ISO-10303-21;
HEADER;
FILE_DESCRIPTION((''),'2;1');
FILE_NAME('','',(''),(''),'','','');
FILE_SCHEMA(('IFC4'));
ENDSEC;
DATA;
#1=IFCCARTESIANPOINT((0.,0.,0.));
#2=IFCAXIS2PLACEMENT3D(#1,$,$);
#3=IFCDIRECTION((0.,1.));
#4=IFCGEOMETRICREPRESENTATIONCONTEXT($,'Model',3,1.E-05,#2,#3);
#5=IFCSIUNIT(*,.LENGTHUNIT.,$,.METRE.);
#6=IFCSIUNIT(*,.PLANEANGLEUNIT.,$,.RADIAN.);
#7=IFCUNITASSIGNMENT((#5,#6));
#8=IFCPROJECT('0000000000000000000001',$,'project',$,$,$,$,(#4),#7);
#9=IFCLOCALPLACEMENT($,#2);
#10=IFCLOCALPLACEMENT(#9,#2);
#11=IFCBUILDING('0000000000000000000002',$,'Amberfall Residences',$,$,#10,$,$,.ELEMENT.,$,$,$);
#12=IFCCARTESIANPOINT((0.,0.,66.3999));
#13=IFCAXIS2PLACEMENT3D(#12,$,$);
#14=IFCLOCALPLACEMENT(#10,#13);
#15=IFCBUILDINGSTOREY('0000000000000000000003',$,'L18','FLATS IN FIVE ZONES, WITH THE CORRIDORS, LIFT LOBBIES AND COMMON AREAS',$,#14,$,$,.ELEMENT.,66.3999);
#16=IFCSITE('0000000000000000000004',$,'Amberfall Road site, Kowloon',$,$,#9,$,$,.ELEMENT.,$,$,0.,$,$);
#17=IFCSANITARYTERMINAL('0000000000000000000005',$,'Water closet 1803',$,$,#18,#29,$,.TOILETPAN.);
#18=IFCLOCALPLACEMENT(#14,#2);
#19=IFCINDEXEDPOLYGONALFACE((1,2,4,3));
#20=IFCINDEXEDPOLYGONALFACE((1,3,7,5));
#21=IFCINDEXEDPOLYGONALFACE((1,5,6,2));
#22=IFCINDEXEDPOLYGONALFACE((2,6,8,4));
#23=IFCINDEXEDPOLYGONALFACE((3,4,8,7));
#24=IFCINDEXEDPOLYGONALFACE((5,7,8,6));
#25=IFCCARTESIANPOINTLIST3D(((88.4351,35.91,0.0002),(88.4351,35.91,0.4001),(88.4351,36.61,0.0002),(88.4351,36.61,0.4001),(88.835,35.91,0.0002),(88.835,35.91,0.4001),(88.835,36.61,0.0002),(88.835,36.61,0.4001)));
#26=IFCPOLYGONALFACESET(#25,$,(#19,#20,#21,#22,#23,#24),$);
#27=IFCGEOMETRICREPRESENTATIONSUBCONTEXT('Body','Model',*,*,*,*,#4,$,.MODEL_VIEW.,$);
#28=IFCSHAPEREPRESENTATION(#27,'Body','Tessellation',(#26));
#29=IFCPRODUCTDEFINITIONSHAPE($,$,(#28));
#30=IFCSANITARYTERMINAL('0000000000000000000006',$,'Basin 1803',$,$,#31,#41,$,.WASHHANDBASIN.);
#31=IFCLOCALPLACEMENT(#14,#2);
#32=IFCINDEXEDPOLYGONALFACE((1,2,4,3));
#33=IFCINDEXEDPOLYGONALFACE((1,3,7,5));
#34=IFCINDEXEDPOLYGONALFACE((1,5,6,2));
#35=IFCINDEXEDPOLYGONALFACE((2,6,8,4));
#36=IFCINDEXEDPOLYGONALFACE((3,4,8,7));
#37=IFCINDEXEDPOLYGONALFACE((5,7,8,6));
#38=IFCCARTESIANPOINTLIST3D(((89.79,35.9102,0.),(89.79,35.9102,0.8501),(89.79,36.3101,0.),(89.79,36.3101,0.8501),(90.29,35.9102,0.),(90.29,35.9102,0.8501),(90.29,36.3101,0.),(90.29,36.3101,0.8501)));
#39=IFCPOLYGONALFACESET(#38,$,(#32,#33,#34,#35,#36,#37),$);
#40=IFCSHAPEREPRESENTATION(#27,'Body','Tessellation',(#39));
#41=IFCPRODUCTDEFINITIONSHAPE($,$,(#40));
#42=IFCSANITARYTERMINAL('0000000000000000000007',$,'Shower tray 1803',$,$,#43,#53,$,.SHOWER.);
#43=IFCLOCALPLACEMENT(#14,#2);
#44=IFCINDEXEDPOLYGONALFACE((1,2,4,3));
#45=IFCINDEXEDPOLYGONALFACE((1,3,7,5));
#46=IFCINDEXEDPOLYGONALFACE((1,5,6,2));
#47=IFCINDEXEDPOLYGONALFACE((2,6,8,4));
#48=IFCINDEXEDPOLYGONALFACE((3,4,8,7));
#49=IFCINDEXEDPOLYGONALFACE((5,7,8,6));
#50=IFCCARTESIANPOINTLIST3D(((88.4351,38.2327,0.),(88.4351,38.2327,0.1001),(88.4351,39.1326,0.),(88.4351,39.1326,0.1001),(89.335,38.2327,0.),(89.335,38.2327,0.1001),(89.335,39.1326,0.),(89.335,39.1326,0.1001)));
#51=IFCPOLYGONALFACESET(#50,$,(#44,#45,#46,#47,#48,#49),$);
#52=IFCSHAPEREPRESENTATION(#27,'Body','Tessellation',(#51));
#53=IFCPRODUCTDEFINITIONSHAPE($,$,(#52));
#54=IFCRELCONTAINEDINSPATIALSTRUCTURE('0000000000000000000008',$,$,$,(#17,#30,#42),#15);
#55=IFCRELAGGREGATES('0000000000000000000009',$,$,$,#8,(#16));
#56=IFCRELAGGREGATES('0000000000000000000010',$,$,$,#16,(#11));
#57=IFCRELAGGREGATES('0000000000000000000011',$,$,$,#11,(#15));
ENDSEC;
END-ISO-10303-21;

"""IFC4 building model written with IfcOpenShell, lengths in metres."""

from ifc_helpers import new_model, si_unit, direction, frame, origin, origin_2d, place, context, subcontext, project, spatial, rectangle, extrude, element, save


model = new_model("IFC4")

# Units and contexts
model_context = context("Model", 3, precision=1e-05, world=origin(), true_north=direction((0.0, 1.0)))
body_context = subcontext(model_context, "Body", "Model", "MODEL_VIEW")
ifc_project = project(units=[si_unit("LENGTHUNIT", "METRE"), si_unit("PLANEANGLEUNIT", "RADIAN")], contexts=[model_context])

# Site, building, storey
site_placement = place(None, origin())
site = spatial("IfcSite", under=ifc_project, at=site_placement, Name="Amberfall Road site, Kowloon", CompositionType="ELEMENT", RefElevation=0.0)
building_placement = place(site_placement, origin())
building = spatial("IfcBuilding", under=site, at=building_placement, Name="Amberfall Residences", CompositionType="ELEMENT")
storey_placement = place(building_placement, frame((0.0, 0.0, 66.3999)))
storey = spatial("IfcBuildingStorey", under=building, at=storey_placement, Name="L18", Description="FLATS IN FIVE ZONES, WITH THE CORRIDORS, LIFT LOBBIES AND COMMON AREAS", CompositionType="ELEMENT", Elevation=66.3999)

# Sanitary terminals
sanitary_terminal_1_placement = place(storey_placement, frame((88.635, 36.26, 0.0002), z_axis=(0.0, 0.0, 1.0), x_axis=(1.0, 0.0, 0.0)))
element("IfcSanitaryTerminal", 1, at=sanitary_terminal_1_placement, inside=storey, Name="Water closet 1803", PredefinedType="TOILETPAN", context=body_context, shape_type="SweptSolid", body=[
    extrude(rectangle(XDim=0.3999, YDim=0.7, at=origin_2d()), origin(), (0.0, 0.0, 1.0), 0.3999),
])
sanitary_terminal_2_placement = place(storey_placement, frame((90.04, 36.1101, 0.0), z_axis=(0.0, 0.0, 1.0), x_axis=(1.0, 0.0, 0.0)))
element("IfcSanitaryTerminal", 2, at=sanitary_terminal_2_placement, inside=storey, Name="Basin 1803", PredefinedType="WASHHANDBASIN", context=body_context, shape_type="SweptSolid", body=[
    extrude(rectangle(XDim=0.5, YDim=0.3999, at=origin_2d()), origin(), (0.0, 0.0, 1.0), 0.8501),
])
sanitary_terminal_3_placement = place(storey_placement, frame((88.885, 38.6826, 0.0), z_axis=(0.0, 0.0, 1.0), x_axis=(1.0, 0.0, 0.0)))
element("IfcSanitaryTerminal", 3, at=sanitary_terminal_3_placement, inside=storey, Name="Shower tray 1803", PredefinedType="SHOWER", context=body_context, shape_type="SweptSolid", body=[
    extrude(rectangle(XDim=0.8999, YDim=0.8999, at=origin_2d()), origin(), (0.0, 0.0, 1.0), 0.1001),
])

save(model, "model.ifc")
